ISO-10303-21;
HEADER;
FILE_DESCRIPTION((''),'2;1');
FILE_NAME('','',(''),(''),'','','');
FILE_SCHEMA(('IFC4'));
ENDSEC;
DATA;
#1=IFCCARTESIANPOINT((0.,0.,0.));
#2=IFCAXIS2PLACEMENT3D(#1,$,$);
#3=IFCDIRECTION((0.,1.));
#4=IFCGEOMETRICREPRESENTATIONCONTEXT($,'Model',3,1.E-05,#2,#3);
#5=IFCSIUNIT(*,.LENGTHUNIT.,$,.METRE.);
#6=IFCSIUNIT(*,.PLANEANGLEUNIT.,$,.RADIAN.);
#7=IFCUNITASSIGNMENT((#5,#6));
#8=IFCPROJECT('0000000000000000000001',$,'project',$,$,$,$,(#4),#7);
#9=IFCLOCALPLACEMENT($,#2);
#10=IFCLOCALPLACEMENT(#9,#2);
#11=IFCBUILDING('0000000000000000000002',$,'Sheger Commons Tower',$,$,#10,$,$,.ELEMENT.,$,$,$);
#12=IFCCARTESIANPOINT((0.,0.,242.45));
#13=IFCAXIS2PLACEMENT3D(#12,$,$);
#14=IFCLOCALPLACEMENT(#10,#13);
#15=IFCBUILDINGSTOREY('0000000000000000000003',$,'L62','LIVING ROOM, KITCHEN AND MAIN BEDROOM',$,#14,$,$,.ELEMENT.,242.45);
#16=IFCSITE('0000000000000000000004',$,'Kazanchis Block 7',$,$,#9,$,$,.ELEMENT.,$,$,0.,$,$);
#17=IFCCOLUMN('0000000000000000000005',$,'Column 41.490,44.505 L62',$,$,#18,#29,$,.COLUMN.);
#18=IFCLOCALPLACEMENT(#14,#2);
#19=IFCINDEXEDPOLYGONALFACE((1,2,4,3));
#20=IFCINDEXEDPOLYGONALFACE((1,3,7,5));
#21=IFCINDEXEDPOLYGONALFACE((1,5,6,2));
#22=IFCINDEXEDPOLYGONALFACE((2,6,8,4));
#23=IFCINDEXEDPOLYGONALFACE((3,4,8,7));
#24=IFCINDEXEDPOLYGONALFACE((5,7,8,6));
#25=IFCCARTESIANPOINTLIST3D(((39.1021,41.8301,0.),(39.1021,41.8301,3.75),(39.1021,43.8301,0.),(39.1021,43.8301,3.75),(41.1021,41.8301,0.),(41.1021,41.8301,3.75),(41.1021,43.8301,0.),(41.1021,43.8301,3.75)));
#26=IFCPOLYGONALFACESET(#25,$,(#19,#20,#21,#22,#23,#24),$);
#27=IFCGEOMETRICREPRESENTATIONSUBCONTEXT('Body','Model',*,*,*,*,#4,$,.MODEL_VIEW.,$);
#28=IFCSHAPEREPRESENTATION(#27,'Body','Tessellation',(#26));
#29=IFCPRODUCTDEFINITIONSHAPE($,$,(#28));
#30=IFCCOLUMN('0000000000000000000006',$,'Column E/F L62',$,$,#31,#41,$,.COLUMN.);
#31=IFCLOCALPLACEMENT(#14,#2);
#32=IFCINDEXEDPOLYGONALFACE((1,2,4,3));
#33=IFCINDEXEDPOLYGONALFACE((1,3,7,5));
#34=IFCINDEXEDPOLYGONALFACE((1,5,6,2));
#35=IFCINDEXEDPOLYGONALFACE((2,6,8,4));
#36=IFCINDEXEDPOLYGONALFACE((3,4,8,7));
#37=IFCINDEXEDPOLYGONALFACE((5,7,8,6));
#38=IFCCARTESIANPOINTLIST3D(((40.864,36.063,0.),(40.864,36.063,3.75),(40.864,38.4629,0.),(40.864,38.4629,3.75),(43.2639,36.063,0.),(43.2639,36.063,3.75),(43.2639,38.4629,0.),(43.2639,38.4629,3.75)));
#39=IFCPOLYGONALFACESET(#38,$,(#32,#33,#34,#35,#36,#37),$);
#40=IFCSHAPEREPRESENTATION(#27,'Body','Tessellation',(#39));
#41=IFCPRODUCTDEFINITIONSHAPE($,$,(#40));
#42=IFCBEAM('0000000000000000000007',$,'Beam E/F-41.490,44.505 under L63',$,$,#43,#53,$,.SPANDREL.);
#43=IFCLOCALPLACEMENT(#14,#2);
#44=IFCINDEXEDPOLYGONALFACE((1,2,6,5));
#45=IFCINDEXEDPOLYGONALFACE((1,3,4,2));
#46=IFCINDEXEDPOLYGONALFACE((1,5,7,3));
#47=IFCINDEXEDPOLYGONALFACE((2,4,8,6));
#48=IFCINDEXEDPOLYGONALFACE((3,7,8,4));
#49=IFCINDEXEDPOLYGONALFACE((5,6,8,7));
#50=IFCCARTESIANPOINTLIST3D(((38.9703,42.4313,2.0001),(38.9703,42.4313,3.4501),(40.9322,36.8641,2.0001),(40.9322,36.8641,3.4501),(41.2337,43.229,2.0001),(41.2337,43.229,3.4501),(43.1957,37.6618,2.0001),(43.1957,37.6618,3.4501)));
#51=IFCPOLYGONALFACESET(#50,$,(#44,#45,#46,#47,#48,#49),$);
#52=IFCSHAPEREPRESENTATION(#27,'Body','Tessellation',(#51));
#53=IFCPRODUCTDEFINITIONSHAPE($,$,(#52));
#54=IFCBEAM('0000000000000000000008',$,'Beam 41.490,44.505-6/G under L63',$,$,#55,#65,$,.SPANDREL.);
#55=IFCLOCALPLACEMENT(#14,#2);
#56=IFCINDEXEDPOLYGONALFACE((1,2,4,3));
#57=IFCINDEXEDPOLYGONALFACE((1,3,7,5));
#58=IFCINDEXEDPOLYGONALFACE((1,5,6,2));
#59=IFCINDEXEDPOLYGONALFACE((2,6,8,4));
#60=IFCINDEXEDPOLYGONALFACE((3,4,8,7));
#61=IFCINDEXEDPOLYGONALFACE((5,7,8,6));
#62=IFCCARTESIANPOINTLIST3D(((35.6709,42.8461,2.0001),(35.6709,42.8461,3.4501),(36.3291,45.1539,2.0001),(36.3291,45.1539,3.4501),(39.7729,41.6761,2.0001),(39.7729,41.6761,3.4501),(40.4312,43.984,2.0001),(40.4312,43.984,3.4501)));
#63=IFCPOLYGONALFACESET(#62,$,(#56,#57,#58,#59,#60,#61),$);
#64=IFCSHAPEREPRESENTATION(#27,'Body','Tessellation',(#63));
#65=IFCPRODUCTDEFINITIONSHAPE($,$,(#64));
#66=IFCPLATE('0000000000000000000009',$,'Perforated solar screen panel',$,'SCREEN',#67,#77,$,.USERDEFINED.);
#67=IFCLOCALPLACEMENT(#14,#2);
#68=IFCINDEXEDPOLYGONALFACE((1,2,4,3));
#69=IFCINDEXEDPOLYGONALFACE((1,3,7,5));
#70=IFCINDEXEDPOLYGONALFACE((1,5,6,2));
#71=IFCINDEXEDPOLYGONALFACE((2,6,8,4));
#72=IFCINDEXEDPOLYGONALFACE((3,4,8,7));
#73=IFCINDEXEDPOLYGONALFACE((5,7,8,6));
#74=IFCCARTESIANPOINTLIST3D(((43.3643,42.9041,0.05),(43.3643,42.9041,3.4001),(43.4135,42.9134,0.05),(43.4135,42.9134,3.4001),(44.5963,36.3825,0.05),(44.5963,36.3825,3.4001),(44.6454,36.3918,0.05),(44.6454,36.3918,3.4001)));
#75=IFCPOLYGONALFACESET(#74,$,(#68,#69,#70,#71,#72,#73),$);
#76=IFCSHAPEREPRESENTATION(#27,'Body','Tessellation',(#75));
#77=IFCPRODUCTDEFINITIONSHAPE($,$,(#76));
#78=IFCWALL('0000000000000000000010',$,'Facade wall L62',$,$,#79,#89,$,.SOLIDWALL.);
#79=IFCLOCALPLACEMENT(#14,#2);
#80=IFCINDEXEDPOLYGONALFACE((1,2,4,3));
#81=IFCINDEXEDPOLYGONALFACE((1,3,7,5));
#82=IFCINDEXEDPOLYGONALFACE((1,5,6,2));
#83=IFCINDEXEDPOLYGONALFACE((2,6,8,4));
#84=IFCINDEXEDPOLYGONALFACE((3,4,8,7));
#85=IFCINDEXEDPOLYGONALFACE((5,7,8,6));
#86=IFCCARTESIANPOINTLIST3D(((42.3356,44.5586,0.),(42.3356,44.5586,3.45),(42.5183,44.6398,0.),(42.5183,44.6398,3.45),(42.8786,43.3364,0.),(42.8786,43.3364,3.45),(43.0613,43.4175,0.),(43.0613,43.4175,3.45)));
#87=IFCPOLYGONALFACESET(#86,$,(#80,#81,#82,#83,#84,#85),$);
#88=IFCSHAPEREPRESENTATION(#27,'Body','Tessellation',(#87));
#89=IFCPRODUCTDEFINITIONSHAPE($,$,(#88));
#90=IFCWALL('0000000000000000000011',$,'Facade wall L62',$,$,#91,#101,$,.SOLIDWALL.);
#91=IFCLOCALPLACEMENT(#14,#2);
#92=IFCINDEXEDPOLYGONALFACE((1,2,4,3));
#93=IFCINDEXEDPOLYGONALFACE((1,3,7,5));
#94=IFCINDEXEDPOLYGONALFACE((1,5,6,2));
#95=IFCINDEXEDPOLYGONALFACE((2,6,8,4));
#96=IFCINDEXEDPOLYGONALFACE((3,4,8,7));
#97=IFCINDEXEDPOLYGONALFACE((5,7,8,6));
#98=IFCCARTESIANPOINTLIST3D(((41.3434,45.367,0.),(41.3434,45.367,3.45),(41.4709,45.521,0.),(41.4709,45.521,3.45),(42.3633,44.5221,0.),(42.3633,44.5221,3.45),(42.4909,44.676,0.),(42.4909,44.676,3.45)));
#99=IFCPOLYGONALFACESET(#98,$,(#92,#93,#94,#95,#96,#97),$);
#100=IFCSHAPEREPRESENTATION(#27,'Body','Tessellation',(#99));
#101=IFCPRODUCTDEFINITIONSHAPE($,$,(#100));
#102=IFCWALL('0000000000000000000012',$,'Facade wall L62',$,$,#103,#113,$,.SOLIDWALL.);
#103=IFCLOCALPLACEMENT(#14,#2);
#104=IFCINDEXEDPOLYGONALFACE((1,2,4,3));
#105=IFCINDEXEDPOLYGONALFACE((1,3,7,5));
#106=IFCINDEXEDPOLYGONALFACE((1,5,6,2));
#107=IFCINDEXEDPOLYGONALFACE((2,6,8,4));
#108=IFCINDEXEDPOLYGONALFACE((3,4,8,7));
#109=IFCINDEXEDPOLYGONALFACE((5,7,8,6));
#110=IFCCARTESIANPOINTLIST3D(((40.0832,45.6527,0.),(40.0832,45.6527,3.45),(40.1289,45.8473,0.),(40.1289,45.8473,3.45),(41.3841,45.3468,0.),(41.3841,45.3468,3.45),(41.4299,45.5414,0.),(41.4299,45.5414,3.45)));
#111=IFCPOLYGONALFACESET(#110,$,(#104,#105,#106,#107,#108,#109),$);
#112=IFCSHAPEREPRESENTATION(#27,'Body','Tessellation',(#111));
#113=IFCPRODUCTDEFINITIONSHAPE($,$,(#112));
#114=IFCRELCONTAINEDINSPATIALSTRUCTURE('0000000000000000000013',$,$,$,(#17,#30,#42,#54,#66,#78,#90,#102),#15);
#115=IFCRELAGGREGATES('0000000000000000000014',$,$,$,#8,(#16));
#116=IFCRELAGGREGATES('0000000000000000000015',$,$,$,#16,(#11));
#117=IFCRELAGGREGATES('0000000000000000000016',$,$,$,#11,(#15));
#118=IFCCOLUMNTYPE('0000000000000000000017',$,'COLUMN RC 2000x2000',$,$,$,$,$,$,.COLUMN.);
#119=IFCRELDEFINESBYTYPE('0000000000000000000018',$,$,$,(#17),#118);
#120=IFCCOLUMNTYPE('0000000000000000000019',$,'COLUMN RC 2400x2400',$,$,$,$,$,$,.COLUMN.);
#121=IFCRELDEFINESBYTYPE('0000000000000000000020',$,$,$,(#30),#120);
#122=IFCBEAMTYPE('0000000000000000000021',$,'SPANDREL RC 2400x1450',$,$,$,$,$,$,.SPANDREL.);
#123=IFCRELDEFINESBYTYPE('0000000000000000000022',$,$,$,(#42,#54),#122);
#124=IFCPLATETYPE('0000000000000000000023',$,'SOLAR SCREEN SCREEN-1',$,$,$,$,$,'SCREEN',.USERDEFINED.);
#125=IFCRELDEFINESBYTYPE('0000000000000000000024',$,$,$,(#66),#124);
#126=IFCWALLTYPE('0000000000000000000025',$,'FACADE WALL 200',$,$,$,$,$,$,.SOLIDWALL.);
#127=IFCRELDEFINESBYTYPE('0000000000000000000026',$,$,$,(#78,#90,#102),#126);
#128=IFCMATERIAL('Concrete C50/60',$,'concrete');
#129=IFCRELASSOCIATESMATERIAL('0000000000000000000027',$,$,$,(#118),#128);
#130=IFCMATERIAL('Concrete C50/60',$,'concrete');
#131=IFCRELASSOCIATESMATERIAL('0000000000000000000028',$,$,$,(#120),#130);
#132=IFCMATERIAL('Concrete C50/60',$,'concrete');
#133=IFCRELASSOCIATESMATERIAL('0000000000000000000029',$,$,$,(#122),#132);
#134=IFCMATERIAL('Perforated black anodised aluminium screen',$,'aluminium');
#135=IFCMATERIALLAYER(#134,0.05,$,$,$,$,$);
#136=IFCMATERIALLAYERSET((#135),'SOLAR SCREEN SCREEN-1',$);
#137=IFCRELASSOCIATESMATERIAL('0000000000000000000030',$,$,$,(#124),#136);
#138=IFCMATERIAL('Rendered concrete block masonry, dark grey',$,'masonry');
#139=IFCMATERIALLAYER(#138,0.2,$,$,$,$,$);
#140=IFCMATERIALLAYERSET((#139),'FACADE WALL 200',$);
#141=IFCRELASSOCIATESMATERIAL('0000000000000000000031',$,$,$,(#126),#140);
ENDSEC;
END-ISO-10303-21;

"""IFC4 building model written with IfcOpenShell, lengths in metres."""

from ifc_helpers import new_model, si_unit, direction, frame, frame_2d, origin, origin_2d, place, context, subcontext, project, spatial, rectangle, extrude, material, layer, layer_set, material_profile, profile_set, type_object, element, save


model = new_model("IFC4")

# Units and contexts
model_context = context("Model", 3, precision=1e-05, world=origin(), true_north=direction((0.0, 1.0)))
body_context = subcontext(model_context, "Body", "Model", "MODEL_VIEW")
ifc_project = project(units=[si_unit("LENGTHUNIT", "METRE"), si_unit("PLANEANGLEUNIT", "RADIAN")], contexts=[model_context])

# Site, building, storey
site_placement = place(None, origin())
site = spatial("IfcSite", under=ifc_project, at=site_placement, Name="Kazanchis Block 7", CompositionType="ELEMENT", RefElevation=0.0)
building_placement = place(site_placement, origin())
building = spatial("IfcBuilding", under=site, at=building_placement, Name="Sheger Commons Tower", CompositionType="ELEMENT")
storey_placement = place(building_placement, frame((0.0, 0.0, 242.45)))
storey = spatial("IfcBuildingStorey", under=building, at=storey_placement, Name="L62", Description="LIVING ROOM, KITCHEN AND MAIN BEDROOM", CompositionType="ELEMENT", Elevation=242.45)

# Columns
ifc_material_1 = material(Name="Concrete C50/60", Category="concrete")
ifc_material_profile_1 = material_profile(ifc_material_1, rectangle(XDim=2.0, YDim=2.0, at=origin_2d()), Name="RC 2000x2000")
ifc_profile_set_1 = profile_set([ifc_material_profile_1], Name="Concrete C50/60")
column_type_1 = type_object("IfcColumnType", Name="COLUMN RC 2000x2000", PredefinedType="COLUMN", material=ifc_profile_set_1)
column_1_placement = place(storey_placement, frame((40.1021, 42.8301, 0.0), z_axis=(0.0, 0.0, 1.0), x_axis=(1.0, 0.0, 0.0)))
element("IfcColumn", 1, at=column_1_placement, inside=storey, type_object=column_type_1, Name="Column 41.490,44.505 L62", PredefinedType="COLUMN", context=body_context, shape_type="SweptSolid", body=[
    extrude(rectangle(XDim=2.0, YDim=2.0, at=origin_2d()), origin(), (0.0, 0.0, 1.0), 3.75),
])
ifc_material_2 = material(Name="Concrete C50/60", Category="concrete")
ifc_material_profile_2 = material_profile(ifc_material_2, rectangle(XDim=2.3999, YDim=2.3999, at=origin_2d()), Name="RC 2400x2400")
ifc_profile_set_2 = profile_set([ifc_material_profile_2], Name="Concrete C50/60")
column_type_2 = type_object("IfcColumnType", Name="COLUMN RC 2400x2400", PredefinedType="COLUMN", material=ifc_profile_set_2)
column_2_placement = place(storey_placement, frame((42.064, 37.2629, 0.0), z_axis=(0.0, 0.0, 1.0), x_axis=(1.0, 0.0, 0.0)))
element("IfcColumn", 2, at=column_2_placement, inside=storey, type_object=column_type_2, Name="Column E/F L62", PredefinedType="COLUMN", context=body_context, shape_type="SweptSolid", body=[
    extrude(rectangle(XDim=2.3999, YDim=2.3999, at=origin_2d()), origin(), (0.0, 0.0, 1.0), 3.75),
])

# Beams
ifc_material_3 = material(Name="Concrete C50/60", Category="concrete")
ifc_material_profile_3 = material_profile(ifc_material_3, rectangle(XDim=2.3999, YDim=1.45, at=origin_2d()), Name="RC 2400x1450")
ifc_profile_set_3 = profile_set([ifc_material_profile_3], Name="Concrete C50/60")
beam_type = type_object("IfcBeamType", Name="SPANDREL RC 2400x1450", PredefinedType="SPANDREL", material=ifc_profile_set_3)
beam_1_placement = place(storey_placement, frame((42.064, 37.2629, 2.7251), z_axis=(-0.332374, 0.943148, 0.0), x_axis=(-0.943148, -0.332374, 0.0)))
element("IfcBeam", 3, at=beam_1_placement, inside=storey, type_object=beam_type, Name="Beam E/F-41.490,44.505 under L63", PredefinedType="SPANDREL", context=body_context, shape_type="SweptSolid", body=[
    extrude(rectangle(XDim=2.3999, YDim=1.45, at=origin_2d()), origin(), (0.0, 0.0, 1.0), 5.9028),
])
beam_2_placement = place(storey_placement, frame((40.1021, 42.8301, 2.7251), z_axis=(-0.961653, 0.274268, 0.0), x_axis=(-0.274268, -0.961653, 0.0)))
element("IfcBeam", 4, at=beam_2_placement, inside=storey, type_object=beam_type, Name="Beam 41.490,44.505-6/G under L63", PredefinedType="SPANDREL", context=body_context, shape_type="SweptSolid", body=[
    extrude(rectangle(XDim=2.3999, YDim=1.45, at=origin_2d()), origin(), (0.0, 0.0, 1.0), 4.2656),
])

# Plate
ifc_material_4 = material(Name="Perforated black anodised aluminium screen", Category="aluminium")
ifc_layer_1 = layer(ifc_material_4, 0.05)
ifc_layer_set_1 = layer_set([ifc_layer_1], Name="SOLAR SCREEN SCREEN-1")
plate_type = type_object("IfcPlateType", Name="SOLAR SCREEN SCREEN-1", ElementType="SCREEN", PredefinedType="USERDEFINED", material=ifc_layer_set_1)
plate_placement = place(storey_placement, frame((44.0049, 39.6479, 0.05), z_axis=(0.0, 0.0, 1.0), x_axis=(-0.185615, 0.982623, 0.0)))
element("IfcPlate", 5, at=plate_placement, inside=storey, type_object=plate_type, Name="Perforated solar screen panel", ObjectType="SCREEN", PredefinedType="USERDEFINED", context=body_context, shape_type="SweptSolid", body=[
    extrude(rectangle(XDim=6.637, YDim=0.05, at=origin_2d()), origin(), (0.0, 0.0, 1.0), 3.3501),
])

# Walls
ifc_material_5 = material(Name="Rendered concrete block masonry, dark grey", Category="masonry")
ifc_layer_2 = layer(ifc_material_5, 0.2)
ifc_layer_set_2 = layer_set([ifc_layer_2], Name="FACADE WALL 200")
wall_type_1 = type_object("IfcWallType", Name="FACADE WALL 200", PredefinedType="SOLIDWALL", material=ifc_layer_set_2)
wall_1_placement = place(storey_placement, frame((42.97, 43.377, 0.0), z_axis=(0.0, 0.0, 1.0), x_axis=(-0.406003, 0.913872, 0.0)))
element("IfcWall", 6, at=wall_1_placement, inside=storey, type_object=wall_type_1, Name="Facade wall L62", PredefinedType="SOLIDWALL", context=body_context, shape_type="SweptSolid", body=[
    extrude(rectangle(XDim=1.3374, YDim=0.2, at=frame_2d((0.6687, 0.0))), origin(), (0.0, 0.0, 1.0), 3.45),
])
wall_2_placement = place(storey_placement, frame((42.427, 44.5991, 0.0), z_axis=(0.0, 0.0, 1.0), x_axis=(-0.770091, 0.637934, 0.0)))
element("IfcWall", 7, at=wall_2_placement, inside=storey, type_object=wall_type_1, Name="Facade wall L62", PredefinedType="SOLIDWALL", context=body_context, shape_type="SweptSolid", body=[
    extrude(rectangle(XDim=1.3245, YDim=0.2, at=frame_2d((0.6621, 0.0))), origin(), (0.0, 0.0, 1.0), 3.45),
])
wall_3_placement = place(storey_placement, frame((41.407, 45.4441, 0.0), z_axis=(0.0, 0.0, 1.0), x_axis=(-0.973453, 0.228887, 0.0)))
element("IfcWall", 8, at=wall_3_placement, inside=storey, type_object=wall_type_1, Name="Facade wall L62", PredefinedType="SOLIDWALL", context=body_context, shape_type="SweptSolid", body=[
    extrude(rectangle(XDim=1.3364, YDim=0.2, at=frame_2d((0.6682, 0.0))), origin(), (0.0, 0.0, 1.0), 3.45),
])

save(model, "model.ifc")
